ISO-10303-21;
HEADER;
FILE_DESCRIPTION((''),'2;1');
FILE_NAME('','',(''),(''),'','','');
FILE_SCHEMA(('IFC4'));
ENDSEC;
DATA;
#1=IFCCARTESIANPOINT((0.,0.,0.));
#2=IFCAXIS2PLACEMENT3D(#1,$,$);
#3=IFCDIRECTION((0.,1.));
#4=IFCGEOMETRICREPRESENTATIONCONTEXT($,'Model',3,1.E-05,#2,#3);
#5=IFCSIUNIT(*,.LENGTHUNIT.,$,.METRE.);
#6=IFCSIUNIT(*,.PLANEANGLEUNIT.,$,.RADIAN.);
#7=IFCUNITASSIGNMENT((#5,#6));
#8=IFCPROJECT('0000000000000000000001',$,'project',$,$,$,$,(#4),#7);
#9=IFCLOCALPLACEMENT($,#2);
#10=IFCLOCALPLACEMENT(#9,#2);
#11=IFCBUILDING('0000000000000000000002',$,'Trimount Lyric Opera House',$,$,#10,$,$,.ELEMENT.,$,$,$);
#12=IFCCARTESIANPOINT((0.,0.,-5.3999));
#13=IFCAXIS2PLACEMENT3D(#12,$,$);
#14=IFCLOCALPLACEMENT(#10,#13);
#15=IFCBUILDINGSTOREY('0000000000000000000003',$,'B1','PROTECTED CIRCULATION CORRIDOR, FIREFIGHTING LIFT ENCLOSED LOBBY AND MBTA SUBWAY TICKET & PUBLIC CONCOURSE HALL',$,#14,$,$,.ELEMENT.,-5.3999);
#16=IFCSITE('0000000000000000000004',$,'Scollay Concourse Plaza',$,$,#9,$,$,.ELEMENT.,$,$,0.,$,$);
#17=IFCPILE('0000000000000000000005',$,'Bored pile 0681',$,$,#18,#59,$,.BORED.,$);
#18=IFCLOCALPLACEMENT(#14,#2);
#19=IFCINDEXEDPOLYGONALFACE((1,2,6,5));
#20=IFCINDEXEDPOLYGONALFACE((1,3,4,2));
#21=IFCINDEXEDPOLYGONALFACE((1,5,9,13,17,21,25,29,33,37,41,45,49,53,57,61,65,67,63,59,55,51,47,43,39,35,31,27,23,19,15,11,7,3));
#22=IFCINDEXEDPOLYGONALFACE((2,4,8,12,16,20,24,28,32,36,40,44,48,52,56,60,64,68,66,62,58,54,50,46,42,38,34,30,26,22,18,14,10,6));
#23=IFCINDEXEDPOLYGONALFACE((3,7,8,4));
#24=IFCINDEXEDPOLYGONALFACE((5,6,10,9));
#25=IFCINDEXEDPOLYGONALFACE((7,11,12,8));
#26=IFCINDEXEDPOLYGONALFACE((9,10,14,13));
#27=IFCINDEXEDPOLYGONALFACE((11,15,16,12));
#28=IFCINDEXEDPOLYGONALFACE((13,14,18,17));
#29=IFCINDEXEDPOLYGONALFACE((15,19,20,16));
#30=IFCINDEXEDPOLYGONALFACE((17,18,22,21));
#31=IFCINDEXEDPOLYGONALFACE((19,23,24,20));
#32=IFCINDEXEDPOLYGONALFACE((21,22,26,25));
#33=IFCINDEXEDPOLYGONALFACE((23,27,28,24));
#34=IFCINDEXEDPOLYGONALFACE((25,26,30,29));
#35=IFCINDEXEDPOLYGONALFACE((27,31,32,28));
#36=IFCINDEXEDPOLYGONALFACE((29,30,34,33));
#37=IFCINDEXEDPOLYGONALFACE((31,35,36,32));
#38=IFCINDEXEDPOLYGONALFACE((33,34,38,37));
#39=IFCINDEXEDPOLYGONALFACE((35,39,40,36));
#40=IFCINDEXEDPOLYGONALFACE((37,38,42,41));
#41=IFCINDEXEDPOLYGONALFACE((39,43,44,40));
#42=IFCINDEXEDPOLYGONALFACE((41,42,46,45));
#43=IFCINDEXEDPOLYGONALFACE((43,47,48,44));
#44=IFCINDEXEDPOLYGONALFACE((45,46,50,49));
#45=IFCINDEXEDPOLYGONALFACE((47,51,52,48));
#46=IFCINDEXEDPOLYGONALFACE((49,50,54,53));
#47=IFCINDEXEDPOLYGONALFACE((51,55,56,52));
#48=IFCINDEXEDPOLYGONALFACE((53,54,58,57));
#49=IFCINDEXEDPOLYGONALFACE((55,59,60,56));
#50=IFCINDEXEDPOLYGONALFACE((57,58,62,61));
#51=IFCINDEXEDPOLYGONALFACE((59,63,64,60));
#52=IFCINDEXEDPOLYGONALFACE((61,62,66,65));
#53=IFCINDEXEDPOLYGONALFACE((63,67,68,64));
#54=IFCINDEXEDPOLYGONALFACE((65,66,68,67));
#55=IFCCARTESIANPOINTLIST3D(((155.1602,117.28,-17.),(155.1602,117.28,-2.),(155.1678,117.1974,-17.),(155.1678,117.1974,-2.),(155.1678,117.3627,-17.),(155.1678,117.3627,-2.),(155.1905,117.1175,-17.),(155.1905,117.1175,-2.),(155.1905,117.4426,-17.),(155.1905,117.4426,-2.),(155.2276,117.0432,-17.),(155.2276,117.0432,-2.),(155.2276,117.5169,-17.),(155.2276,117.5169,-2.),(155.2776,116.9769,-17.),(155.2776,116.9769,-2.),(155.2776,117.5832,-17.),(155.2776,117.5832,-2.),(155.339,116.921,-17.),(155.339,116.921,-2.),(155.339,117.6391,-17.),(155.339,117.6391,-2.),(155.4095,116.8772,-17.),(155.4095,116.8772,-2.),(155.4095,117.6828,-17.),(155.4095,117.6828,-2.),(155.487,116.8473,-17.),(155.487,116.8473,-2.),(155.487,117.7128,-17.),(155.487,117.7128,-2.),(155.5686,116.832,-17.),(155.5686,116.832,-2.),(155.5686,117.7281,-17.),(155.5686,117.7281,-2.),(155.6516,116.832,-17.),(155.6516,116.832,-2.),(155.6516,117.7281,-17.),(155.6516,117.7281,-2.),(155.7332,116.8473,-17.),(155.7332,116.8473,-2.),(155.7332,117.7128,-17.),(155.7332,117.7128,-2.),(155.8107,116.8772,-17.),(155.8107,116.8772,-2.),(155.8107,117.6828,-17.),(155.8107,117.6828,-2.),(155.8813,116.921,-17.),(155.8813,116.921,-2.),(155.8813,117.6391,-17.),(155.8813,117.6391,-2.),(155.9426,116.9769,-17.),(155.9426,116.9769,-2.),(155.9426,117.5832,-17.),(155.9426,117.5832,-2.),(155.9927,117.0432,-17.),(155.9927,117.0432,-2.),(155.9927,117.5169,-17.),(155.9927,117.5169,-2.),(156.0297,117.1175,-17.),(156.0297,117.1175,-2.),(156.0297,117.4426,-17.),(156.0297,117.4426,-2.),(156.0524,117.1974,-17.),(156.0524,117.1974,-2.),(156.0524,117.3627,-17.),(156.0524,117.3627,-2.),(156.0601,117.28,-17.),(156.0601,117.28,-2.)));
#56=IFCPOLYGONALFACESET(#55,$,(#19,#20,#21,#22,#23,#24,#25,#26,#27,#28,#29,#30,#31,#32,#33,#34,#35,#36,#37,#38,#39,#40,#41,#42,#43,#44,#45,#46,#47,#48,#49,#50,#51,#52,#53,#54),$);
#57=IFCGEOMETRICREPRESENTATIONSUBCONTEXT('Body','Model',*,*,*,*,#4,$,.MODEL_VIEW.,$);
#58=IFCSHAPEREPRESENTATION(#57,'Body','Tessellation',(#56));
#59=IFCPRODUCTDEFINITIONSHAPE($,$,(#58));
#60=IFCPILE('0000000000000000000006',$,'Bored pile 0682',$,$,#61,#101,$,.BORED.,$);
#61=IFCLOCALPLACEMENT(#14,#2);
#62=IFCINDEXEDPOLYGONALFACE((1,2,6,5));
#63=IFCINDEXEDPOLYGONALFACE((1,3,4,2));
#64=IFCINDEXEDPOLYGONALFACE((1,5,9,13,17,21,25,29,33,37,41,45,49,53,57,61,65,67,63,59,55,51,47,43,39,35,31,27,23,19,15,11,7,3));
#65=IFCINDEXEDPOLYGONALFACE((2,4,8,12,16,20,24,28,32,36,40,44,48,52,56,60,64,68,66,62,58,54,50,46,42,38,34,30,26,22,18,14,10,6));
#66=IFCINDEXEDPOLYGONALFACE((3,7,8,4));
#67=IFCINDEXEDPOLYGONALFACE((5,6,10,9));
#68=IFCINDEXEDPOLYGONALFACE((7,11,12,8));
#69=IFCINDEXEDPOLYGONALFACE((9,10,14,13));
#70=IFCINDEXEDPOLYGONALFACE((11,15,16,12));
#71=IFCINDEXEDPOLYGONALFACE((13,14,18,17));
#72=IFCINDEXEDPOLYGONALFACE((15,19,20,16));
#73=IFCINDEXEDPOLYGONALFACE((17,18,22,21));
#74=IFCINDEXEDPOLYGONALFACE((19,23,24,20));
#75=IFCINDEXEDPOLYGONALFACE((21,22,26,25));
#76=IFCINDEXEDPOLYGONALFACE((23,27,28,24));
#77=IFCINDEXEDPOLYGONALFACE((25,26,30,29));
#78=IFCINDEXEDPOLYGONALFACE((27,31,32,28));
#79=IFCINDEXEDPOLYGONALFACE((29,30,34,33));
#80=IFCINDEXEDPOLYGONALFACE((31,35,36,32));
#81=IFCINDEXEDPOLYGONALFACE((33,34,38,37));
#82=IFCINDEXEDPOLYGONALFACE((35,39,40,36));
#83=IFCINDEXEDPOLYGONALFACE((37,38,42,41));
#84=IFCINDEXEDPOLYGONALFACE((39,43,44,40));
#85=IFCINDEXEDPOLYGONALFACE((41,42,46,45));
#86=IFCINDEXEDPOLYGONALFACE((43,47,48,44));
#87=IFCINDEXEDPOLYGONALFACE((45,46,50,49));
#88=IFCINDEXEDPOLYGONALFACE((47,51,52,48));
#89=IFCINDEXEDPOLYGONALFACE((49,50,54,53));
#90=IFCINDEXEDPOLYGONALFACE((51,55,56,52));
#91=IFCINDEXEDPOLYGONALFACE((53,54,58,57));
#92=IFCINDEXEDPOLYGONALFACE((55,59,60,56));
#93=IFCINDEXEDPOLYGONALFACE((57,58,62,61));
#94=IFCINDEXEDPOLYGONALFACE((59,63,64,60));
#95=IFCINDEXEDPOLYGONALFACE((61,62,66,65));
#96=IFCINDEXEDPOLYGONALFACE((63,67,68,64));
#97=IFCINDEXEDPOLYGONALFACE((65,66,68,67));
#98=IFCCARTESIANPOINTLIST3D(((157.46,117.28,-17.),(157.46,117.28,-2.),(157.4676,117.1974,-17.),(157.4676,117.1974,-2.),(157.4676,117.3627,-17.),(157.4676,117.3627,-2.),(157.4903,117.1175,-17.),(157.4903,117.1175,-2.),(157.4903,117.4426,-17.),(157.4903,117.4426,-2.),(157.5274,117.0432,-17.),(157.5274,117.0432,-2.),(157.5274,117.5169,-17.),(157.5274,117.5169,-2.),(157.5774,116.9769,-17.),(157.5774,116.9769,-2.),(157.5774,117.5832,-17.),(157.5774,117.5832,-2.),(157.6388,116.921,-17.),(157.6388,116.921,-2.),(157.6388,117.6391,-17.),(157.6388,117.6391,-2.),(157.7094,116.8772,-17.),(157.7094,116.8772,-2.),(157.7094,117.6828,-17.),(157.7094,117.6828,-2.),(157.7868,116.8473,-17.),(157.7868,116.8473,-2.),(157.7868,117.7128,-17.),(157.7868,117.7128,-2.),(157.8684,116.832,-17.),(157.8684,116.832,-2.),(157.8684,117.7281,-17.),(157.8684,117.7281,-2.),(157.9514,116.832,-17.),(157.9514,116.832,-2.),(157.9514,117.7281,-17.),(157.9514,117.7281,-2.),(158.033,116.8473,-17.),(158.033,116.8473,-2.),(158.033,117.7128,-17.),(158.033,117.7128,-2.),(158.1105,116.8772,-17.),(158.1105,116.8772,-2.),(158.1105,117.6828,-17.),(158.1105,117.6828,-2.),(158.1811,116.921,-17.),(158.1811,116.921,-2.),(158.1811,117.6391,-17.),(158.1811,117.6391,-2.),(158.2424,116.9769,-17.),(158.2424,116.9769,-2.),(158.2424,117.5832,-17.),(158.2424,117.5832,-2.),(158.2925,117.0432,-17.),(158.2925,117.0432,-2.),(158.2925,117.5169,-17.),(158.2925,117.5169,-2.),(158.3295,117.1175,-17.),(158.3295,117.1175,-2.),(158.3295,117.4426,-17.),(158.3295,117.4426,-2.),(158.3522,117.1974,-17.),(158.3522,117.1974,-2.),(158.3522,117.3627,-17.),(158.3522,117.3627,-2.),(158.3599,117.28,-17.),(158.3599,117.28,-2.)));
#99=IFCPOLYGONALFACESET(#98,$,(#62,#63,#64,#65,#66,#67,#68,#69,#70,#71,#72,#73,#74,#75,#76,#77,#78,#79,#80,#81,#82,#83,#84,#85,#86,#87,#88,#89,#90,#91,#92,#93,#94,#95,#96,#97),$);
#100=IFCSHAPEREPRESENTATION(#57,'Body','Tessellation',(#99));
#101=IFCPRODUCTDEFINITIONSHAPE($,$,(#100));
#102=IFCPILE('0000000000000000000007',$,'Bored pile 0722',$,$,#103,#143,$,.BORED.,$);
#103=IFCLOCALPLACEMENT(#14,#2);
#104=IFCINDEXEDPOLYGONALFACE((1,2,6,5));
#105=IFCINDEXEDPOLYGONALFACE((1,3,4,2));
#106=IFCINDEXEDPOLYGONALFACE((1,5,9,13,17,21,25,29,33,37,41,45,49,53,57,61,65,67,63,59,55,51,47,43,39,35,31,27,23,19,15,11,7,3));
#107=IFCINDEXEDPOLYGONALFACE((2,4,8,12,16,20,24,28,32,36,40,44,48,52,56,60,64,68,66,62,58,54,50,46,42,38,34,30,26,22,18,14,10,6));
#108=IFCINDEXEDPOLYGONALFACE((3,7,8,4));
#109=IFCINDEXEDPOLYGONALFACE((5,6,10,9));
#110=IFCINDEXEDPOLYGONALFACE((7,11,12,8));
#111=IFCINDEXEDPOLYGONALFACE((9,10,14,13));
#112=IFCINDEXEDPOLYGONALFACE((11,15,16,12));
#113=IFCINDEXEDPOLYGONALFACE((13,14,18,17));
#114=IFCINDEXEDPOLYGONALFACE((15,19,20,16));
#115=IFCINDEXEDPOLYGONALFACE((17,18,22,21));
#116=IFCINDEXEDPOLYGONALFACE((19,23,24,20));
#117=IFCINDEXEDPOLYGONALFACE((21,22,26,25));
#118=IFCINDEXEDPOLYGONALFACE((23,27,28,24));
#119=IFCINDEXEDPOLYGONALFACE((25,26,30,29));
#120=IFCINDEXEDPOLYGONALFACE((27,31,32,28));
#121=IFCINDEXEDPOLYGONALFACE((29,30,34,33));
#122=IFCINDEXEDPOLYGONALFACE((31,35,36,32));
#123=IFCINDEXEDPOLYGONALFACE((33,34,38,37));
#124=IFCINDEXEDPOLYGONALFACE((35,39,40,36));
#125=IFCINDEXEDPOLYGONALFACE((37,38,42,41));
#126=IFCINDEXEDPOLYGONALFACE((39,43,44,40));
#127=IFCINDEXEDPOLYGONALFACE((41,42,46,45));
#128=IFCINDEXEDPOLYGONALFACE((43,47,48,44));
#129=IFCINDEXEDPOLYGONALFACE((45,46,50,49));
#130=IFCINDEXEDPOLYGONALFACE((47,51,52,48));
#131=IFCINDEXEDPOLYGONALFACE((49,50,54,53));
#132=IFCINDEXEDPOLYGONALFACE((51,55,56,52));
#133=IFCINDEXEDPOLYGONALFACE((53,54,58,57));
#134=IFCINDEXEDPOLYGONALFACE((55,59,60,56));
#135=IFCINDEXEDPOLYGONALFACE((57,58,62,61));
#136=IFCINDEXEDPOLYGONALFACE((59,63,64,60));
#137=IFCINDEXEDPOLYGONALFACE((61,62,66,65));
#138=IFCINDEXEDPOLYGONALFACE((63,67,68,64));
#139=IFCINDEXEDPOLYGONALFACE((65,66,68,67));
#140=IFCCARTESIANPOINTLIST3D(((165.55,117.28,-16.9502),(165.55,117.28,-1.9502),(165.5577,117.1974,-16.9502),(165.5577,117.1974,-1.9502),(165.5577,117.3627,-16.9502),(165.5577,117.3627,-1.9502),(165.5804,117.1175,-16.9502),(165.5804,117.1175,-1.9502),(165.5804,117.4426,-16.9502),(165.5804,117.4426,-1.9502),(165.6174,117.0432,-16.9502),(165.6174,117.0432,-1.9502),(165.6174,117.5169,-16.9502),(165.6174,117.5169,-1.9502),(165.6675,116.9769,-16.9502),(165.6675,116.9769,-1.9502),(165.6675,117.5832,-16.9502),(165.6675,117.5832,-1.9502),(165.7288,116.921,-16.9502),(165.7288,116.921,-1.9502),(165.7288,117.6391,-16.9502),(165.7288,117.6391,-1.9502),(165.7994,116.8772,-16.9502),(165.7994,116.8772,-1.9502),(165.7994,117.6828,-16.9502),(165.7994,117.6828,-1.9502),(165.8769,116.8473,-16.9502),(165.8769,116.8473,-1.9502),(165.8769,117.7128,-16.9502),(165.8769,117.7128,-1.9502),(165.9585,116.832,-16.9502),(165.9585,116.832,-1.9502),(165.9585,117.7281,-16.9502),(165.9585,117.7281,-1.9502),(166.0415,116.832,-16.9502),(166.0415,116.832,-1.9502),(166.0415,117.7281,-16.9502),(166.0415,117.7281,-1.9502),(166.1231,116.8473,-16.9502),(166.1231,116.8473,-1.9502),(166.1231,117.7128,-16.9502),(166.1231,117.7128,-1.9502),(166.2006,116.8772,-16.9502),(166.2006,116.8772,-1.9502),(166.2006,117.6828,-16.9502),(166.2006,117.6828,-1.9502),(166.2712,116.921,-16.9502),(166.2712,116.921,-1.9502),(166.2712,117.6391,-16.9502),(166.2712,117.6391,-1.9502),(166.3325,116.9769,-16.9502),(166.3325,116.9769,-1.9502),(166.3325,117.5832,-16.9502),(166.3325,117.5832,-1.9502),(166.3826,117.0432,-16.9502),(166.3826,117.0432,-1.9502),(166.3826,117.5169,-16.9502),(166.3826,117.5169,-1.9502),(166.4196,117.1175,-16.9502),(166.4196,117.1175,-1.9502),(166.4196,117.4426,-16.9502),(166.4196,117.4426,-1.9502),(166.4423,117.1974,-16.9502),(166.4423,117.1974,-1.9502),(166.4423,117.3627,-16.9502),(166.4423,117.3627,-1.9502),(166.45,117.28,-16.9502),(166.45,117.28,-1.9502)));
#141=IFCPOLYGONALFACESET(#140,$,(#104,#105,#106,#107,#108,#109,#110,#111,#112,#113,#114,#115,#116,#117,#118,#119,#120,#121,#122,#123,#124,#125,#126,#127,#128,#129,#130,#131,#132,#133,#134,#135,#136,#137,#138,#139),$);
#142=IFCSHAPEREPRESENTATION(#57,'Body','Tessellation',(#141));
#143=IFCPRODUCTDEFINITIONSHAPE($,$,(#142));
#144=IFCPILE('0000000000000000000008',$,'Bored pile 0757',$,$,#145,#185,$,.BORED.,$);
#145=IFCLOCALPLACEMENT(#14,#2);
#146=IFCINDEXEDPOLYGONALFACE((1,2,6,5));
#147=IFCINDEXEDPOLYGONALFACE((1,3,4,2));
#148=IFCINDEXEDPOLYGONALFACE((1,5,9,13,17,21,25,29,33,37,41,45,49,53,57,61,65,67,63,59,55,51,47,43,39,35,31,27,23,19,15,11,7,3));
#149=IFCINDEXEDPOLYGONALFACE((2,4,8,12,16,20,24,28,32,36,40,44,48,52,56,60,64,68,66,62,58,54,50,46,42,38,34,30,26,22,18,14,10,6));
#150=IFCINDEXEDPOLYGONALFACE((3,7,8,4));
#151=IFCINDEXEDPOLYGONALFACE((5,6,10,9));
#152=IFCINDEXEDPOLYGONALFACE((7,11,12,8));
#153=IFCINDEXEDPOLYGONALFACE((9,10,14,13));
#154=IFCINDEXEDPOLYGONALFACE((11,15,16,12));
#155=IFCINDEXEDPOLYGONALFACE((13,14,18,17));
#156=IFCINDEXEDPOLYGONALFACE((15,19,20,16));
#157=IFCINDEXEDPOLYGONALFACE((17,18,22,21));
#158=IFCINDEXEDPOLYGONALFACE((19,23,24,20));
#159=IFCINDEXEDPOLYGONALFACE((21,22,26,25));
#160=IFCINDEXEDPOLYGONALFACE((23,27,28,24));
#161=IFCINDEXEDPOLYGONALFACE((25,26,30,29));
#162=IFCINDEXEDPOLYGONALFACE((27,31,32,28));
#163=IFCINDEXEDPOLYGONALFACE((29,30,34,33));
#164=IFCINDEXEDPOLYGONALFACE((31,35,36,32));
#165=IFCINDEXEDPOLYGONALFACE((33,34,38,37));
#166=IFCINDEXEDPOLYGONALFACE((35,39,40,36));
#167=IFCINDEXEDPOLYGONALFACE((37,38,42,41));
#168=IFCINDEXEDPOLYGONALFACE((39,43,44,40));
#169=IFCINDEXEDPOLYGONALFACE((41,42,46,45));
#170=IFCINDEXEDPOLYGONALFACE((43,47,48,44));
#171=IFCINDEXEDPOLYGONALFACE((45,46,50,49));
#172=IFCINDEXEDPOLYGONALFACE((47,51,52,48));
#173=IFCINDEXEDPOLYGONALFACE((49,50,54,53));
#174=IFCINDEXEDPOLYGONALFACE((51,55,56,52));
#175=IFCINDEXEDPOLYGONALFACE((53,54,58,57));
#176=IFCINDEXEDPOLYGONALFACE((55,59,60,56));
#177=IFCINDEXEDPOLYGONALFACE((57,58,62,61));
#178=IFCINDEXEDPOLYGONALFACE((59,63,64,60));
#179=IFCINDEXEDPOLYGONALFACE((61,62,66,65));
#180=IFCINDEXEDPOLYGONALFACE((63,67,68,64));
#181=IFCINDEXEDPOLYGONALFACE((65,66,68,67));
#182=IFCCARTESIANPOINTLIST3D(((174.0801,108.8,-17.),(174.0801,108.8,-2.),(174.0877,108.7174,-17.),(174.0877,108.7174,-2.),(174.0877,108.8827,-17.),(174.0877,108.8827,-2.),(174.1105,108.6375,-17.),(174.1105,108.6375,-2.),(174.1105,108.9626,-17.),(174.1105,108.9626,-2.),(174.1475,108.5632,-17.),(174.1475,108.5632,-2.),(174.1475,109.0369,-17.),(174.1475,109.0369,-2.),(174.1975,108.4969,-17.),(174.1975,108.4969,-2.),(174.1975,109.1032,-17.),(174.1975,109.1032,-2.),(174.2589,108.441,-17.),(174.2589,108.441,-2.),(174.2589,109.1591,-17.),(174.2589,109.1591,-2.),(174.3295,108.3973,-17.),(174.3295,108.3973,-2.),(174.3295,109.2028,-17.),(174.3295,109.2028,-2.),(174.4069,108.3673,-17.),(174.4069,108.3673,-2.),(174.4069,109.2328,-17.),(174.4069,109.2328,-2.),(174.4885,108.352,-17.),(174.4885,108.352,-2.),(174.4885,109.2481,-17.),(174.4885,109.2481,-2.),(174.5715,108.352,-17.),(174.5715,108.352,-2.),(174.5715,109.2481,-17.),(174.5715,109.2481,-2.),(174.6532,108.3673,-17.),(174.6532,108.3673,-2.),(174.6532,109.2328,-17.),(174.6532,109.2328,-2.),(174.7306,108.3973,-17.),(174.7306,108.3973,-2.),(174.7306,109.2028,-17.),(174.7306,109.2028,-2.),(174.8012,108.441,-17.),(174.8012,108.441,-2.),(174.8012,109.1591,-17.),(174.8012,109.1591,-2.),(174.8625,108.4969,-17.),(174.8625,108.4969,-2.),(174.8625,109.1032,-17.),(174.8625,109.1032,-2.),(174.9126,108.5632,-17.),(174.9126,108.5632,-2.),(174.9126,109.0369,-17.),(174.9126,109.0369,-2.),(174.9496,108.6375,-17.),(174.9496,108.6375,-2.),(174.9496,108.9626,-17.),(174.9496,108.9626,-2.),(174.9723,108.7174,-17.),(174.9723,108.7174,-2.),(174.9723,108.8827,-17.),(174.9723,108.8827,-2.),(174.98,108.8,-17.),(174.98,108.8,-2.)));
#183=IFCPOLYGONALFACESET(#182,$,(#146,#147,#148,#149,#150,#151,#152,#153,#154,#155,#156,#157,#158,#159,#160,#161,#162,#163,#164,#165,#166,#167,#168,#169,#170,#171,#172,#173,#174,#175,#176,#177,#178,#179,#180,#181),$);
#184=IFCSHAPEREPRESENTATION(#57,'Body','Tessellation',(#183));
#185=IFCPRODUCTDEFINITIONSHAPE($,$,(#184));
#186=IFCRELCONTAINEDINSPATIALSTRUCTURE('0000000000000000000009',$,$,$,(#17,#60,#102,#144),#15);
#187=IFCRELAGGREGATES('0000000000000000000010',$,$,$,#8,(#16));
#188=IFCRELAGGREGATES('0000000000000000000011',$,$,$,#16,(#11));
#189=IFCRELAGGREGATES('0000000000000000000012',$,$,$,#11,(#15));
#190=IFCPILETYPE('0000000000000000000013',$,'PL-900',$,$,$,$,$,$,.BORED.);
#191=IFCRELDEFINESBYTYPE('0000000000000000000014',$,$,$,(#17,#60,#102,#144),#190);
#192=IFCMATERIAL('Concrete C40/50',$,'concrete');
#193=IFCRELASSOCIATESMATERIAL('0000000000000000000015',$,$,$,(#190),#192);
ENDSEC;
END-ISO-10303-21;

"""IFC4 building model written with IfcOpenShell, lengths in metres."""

from ifc_helpers import new_model, si_unit, direction, frame, origin, origin_2d, place, context, subcontext, project, spatial, circle, extrude, material, material_profile, profile_set, type_object, element, save


model = new_model("IFC4")

# Units and contexts
model_context = context("Model", 3, precision=1e-05, world=origin(), true_north=direction((0.0, 1.0)))
body_context = subcontext(model_context, "Body", "Model", "MODEL_VIEW")
ifc_project = project(units=[si_unit("LENGTHUNIT", "METRE"), si_unit("PLANEANGLEUNIT", "RADIAN")], contexts=[model_context])

# Site, building, storey
site_placement = place(None, origin())
site = spatial("IfcSite", under=ifc_project, at=site_placement, Name="Scollay Concourse Plaza", CompositionType="ELEMENT", RefElevation=0.0)
building_placement = place(site_placement, origin())
building = spatial("IfcBuilding", under=site, at=building_placement, Name="Trimount Lyric Opera House", CompositionType="ELEMENT")
storey_placement = place(building_placement, frame((0.0, 0.0, -5.3999)))
storey = spatial("IfcBuildingStorey", under=building, at=storey_placement, Name="B1", Description="PROTECTED CIRCULATION CORRIDOR, FIREFIGHTING LIFT ENCLOSED LOBBY AND MBTA SUBWAY TICKET & PUBLIC CONCOURSE HALL", CompositionType="ELEMENT", Elevation=-5.3999)

# Piles
ifc_material_1 = material(Name="Concrete C40/50", Category="concrete")
ifc_material_profile_1 = material_profile(ifc_material_1, circle(Radius=0.45, at=origin_2d()), Name="PILE-D900")
ifc_profile_set_1 = profile_set([ifc_material_profile_1], Name="Concrete C40/50")
pile_type_1 = type_object("IfcPileType", Name="PL-900", PredefinedType="BORED", material=ifc_profile_set_1)
for number, where, z_axis, x_axis, name in (
    (1, (155.6101, 117.28, -2.0), (0.0, 0.0, -1.0), (1.0, 0.0, 0.0), "Bored pile 0681"),
    (2, (157.9099, 117.28, -2.0), (0.0, 0.0, -1.0), (1.0, 0.0, 0.0), "Bored pile 0682"),
    (3, (166.0, 117.28, -1.9502), (0.0, 0.0, -1.0), (1.0, 0.0, 0.0), "Bored pile 0722"),
    (4, (174.53, 108.8, -2.0), (0.0, 0.0, -1.0), (1.0, 0.0, 0.0), "Bored pile 0757"),
):
    element("IfcPile", number, at=place(storey_placement, frame(where, z_axis=z_axis, x_axis=x_axis)), inside=storey, type_object=pile_type_1, Name=name, PredefinedType="BORED", context=body_context, shape_type="SweptSolid", body=[
        extrude(circle(Radius=0.45, at=origin_2d()), origin(), (0.0, 0.0, 1.0), 15.0),
    ])

save(model, "model.ifc")
